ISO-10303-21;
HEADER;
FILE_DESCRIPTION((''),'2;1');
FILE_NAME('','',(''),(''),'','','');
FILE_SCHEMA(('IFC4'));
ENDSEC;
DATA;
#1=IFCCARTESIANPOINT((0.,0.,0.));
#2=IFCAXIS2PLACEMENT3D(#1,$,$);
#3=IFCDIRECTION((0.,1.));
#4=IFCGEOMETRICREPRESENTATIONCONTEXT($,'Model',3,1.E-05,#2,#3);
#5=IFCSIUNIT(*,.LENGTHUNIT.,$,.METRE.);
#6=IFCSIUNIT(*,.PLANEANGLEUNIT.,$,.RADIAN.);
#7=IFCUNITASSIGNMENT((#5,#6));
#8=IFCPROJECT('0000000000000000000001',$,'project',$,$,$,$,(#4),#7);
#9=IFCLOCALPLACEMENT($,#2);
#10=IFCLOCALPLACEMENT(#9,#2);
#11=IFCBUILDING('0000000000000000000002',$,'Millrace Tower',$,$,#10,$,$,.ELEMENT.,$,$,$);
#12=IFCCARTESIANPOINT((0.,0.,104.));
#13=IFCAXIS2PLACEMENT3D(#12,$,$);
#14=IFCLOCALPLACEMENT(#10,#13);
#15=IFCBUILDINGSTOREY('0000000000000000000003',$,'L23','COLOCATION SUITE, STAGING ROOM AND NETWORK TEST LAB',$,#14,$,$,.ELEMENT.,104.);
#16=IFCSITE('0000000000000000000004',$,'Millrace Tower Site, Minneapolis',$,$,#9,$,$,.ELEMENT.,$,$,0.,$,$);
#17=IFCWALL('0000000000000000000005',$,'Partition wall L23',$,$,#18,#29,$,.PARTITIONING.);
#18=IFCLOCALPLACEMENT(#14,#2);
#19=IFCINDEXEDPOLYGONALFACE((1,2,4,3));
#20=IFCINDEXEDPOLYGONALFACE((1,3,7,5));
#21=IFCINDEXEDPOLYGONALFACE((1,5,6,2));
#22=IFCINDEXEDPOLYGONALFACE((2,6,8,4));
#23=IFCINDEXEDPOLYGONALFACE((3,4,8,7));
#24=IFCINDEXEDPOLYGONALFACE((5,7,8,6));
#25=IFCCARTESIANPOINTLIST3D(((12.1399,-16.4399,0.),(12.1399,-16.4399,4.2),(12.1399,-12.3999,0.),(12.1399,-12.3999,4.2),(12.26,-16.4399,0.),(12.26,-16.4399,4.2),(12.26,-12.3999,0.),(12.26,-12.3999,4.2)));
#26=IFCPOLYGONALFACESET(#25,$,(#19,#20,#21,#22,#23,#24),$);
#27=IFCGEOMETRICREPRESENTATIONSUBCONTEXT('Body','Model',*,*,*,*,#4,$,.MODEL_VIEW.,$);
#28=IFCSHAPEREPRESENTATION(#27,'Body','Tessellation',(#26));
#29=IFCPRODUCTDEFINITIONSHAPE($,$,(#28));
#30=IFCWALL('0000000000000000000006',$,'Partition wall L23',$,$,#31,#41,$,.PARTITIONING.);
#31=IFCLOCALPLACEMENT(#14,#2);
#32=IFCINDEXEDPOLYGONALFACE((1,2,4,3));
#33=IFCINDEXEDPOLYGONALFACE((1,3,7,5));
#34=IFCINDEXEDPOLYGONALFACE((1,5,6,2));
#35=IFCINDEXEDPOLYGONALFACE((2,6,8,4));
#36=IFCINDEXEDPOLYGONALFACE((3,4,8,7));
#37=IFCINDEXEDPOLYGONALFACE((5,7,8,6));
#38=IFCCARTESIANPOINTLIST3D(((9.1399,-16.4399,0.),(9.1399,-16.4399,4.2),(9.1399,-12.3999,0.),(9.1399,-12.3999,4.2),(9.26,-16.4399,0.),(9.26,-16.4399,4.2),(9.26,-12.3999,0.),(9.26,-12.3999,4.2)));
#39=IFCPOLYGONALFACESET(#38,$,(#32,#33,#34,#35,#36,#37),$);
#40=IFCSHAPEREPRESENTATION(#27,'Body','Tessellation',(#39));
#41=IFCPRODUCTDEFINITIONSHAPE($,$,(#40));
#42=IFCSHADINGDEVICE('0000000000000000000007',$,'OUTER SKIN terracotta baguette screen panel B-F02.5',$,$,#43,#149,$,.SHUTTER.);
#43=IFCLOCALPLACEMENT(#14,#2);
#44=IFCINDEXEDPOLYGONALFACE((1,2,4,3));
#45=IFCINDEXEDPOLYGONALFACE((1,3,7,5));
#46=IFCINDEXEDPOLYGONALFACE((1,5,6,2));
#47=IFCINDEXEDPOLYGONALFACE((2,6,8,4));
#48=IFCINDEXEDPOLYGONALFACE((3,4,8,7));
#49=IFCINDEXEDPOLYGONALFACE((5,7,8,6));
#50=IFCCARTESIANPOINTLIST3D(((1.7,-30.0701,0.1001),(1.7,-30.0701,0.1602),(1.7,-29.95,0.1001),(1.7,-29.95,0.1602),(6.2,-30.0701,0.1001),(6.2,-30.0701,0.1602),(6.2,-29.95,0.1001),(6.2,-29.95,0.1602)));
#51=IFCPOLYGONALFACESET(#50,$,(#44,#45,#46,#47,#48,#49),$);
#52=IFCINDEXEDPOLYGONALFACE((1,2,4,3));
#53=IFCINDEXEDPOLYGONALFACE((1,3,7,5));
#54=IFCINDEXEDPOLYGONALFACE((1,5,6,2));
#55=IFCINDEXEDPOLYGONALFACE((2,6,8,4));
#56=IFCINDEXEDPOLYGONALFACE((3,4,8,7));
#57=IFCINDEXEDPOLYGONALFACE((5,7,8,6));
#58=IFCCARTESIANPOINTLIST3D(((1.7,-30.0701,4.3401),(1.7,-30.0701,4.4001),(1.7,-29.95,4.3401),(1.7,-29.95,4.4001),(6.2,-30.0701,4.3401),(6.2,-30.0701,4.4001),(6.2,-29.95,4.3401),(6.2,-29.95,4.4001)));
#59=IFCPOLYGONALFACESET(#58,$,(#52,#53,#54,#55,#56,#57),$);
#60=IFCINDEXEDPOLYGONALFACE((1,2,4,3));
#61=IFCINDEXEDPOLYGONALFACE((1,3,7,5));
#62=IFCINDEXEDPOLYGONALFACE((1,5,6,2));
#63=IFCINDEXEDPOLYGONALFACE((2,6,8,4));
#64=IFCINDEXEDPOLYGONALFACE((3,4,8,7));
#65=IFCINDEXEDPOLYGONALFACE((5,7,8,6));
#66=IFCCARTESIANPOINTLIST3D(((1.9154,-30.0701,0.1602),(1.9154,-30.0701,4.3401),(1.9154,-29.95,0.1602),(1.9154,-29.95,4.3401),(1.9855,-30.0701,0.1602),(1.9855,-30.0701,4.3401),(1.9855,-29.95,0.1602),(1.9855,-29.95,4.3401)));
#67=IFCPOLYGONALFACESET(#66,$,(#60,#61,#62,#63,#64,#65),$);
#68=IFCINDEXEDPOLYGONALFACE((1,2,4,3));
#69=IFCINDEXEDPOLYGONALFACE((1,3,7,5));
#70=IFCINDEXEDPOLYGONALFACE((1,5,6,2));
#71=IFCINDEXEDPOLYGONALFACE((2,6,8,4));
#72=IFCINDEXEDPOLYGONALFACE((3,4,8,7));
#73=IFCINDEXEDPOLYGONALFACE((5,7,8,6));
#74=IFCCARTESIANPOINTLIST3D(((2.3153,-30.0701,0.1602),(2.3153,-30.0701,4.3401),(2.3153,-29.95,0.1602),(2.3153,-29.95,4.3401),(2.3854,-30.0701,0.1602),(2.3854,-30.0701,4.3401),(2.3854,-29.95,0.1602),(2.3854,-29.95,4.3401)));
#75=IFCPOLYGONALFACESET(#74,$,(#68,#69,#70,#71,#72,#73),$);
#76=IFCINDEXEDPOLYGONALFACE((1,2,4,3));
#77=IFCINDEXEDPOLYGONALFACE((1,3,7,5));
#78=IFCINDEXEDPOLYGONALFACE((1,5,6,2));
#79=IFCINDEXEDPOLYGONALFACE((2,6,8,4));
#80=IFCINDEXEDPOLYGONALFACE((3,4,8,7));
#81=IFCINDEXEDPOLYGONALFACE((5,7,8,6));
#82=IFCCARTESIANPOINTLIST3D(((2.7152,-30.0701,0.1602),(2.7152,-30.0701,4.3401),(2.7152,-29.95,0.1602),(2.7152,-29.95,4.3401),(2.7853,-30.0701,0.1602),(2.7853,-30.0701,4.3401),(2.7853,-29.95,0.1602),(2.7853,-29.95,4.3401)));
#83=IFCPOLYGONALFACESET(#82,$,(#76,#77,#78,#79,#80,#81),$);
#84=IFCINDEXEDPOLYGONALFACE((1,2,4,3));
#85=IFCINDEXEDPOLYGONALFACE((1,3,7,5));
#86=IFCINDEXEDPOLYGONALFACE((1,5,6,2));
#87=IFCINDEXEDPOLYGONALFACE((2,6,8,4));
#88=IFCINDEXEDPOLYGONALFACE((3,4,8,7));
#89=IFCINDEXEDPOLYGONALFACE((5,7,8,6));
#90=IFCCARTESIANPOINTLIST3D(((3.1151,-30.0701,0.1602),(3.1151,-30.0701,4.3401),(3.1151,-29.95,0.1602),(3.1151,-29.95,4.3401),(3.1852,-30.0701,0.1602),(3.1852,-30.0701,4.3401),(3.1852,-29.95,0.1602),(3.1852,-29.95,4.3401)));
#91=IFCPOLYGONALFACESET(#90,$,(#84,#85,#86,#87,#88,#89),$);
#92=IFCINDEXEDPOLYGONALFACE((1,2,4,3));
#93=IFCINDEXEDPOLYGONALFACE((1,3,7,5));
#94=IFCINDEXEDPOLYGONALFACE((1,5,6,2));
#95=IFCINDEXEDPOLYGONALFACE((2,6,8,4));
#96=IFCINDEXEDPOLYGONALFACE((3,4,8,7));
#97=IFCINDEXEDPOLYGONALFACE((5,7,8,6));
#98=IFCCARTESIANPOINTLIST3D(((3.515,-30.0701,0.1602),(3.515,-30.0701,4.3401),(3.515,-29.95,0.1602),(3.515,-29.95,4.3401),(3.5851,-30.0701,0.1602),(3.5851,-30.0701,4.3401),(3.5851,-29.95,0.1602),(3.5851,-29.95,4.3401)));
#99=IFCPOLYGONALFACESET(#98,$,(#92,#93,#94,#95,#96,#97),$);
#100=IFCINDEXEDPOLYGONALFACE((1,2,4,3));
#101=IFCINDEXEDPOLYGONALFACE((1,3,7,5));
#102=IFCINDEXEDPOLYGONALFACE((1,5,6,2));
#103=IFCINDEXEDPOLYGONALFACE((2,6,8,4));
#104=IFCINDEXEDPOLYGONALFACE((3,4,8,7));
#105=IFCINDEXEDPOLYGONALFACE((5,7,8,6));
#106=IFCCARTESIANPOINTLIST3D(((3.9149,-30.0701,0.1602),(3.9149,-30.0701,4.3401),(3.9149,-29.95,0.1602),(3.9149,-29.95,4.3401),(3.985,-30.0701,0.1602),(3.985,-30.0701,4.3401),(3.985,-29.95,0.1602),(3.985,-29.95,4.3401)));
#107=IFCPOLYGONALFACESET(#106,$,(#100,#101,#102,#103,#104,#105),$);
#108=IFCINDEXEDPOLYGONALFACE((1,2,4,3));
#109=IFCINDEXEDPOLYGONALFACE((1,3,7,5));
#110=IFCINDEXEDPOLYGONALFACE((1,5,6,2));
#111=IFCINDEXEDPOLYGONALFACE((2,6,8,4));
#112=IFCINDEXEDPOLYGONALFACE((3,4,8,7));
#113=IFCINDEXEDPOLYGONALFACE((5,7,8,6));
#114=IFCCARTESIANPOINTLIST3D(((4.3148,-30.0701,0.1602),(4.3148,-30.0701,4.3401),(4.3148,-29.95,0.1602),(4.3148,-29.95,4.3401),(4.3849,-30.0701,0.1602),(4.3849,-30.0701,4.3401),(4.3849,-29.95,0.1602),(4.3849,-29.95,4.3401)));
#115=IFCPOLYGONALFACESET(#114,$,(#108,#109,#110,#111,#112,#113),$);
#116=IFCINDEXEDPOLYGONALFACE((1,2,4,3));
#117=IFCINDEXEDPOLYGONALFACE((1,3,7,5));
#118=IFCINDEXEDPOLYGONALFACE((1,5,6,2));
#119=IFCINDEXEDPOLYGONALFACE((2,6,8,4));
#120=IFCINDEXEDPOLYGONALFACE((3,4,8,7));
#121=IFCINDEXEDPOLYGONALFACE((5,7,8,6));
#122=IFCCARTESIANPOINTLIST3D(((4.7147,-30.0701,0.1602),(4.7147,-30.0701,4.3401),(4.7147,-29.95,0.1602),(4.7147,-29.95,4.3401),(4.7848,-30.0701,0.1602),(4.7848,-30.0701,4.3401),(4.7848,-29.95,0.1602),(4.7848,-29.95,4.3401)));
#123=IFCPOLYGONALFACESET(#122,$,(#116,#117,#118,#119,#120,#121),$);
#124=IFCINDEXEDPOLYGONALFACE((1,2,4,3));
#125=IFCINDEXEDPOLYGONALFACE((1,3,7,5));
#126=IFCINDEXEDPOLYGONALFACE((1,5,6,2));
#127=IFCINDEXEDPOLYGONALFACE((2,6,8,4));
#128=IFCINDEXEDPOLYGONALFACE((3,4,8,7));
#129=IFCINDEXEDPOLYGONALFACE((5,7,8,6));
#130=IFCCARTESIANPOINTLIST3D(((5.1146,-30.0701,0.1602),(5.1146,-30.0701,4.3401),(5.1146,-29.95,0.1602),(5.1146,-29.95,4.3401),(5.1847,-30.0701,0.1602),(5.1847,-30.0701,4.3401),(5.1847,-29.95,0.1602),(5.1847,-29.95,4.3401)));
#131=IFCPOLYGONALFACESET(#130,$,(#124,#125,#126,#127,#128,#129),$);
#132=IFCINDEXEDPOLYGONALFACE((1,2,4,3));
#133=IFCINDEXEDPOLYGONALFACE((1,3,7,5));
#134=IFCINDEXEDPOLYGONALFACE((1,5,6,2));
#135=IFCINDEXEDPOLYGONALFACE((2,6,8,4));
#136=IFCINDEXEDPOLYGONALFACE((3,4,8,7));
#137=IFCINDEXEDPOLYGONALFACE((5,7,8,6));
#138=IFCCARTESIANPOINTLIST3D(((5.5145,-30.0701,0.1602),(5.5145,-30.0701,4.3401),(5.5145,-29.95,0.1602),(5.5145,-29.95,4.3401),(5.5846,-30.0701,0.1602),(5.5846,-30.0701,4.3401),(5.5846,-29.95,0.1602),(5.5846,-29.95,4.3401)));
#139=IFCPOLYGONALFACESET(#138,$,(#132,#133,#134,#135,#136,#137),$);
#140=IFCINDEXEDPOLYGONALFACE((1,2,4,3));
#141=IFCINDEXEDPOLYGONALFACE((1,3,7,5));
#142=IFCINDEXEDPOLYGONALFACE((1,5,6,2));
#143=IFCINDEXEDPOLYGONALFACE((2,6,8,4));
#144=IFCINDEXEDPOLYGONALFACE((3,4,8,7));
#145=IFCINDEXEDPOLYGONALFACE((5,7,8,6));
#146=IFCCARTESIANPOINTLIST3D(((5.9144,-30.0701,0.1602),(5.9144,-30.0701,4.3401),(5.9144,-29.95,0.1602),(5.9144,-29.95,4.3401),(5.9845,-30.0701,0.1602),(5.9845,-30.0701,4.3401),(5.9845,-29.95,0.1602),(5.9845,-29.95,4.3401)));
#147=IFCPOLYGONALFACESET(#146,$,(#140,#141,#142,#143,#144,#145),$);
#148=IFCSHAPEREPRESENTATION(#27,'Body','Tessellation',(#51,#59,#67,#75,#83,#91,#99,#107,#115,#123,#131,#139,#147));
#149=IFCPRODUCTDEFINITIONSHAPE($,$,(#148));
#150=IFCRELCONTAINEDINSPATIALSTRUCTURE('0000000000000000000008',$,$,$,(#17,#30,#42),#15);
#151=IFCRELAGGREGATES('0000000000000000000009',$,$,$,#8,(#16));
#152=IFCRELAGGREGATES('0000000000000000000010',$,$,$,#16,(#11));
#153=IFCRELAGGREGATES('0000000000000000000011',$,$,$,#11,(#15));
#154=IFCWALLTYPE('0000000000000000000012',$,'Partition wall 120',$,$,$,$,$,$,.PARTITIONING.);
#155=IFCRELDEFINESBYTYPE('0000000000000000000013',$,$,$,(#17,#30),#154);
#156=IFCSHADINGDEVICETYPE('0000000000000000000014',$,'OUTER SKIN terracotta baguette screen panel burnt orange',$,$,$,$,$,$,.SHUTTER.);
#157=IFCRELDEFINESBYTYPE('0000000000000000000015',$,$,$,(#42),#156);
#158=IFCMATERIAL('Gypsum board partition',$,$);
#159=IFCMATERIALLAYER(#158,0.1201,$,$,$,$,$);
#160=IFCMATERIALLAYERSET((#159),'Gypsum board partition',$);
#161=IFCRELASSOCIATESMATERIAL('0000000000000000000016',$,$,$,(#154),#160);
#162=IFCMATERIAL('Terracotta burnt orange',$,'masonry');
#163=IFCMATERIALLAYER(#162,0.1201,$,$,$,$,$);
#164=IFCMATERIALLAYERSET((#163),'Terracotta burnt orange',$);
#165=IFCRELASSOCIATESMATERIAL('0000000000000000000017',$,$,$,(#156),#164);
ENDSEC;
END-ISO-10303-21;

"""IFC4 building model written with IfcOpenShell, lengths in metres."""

from ifc_helpers import new_model, entity, si_unit, direction, frame, frame_2d, origin, origin_2d, place, context, subcontext, project, spatial, rectangle, extrude, source, transform, mapped, material, layer, layer_set, type_object, element, save


model = new_model("IFC4")

# Units and contexts
model_context = context("Model", 3, precision=1e-05, world=origin(), true_north=direction((0.0, 1.0)))
body_context = subcontext(model_context, "Body", "Model", "MODEL_VIEW")
ifc_project = project(units=[si_unit("LENGTHUNIT", "METRE"), si_unit("PLANEANGLEUNIT", "RADIAN")], contexts=[model_context])

# Site, building, storey
site_placement = place(None, origin())
site = spatial("IfcSite", under=ifc_project, at=site_placement, Name="Millrace Tower Site, Minneapolis", CompositionType="ELEMENT", RefElevation=0.0)
building_placement = place(site_placement, origin())
building = spatial("IfcBuilding", under=site, at=building_placement, Name="Millrace Tower", CompositionType="ELEMENT")
storey_placement = place(building_placement, frame((0.0, 0.0, 104.0)))
storey = spatial("IfcBuildingStorey", under=building, at=storey_placement, Name="L23", Description="COLOCATION SUITE, STAGING ROOM AND NETWORK TEST LAB", CompositionType="ELEMENT", Elevation=104.0)

# Walls
ifc_material_1 = material(Name="Gypsum board partition")
ifc_layer_1 = layer(ifc_material_1, 0.1201)
ifc_layer_set_1 = layer_set([ifc_layer_1], Name="Gypsum board partition")
wall_type_1 = type_object("IfcWallType", Name="Partition wall 120", PredefinedType="PARTITIONING", material=ifc_layer_set_1)
for number, where, z_axis, x_axis, name in (
    (1, (12.2, -16.4399, 0.0), (0.0, 0.0, 1.0), (0.0, 1.0, 0.0), "Partition wall L23"),
    (2, (9.2, -16.4399, 0.0), (0.0, 0.0, 1.0), (0.0, 1.0, 0.0), "Partition wall L23"),
):
    element("IfcWall", number, at=place(storey_placement, frame(where, z_axis=z_axis, x_axis=x_axis)), inside=storey, type_object=wall_type_1, Name=name, PredefinedType="PARTITIONING", context=body_context, shape_type="SweptSolid", body=[
        extrude(rectangle(XDim=4.04, YDim=0.1201, at=frame_2d((2.02, 0.0))), origin(), (0.0, 0.0, 1.0), 4.2),
    ])

# Shading device
ifc_material_2 = material(Name="Terracotta burnt orange", Category="masonry")
ifc_layer_2 = layer(ifc_material_2, 0.1201)
ifc_layer_set_2 = layer_set([ifc_layer_2], Name="Terracotta burnt orange")
shading_device_type = type_object("IfcShadingDeviceType", Name="OUTER SKIN terracotta baguette screen panel burnt orange", PredefinedType="SHUTTER", material=ifc_layer_set_2)
cartesian_point = entity("IfcCartesianPoint", [-2.25, 0.0601])
shared_polyline = entity("IfcPolyline", [cartesian_point, entity("IfcCartesianPoint", [2.25, 0.0601]), entity("IfcCartesianPoint", [2.25, -0.0601]), entity("IfcCartesianPoint", [-2.25, -0.0601]), cartesian_point])
shared_shape = source(origin(), body_context, "Body", "SweptSolid", [
    entity("IfcExtrudedAreaSolid", entity("IfcArbitraryClosedProfileDef", "AREA", None, shared_polyline), entity("IfcAxis2Placement3D", entity("IfcCartesianPoint", [0.0, 0.0, 0.0])), entity("IfcDirection", [0.0, 0.0, 1.0]), 0.0601),
    entity("IfcExtrudedAreaSolid", entity("IfcArbitraryClosedProfileDef", "AREA", None, shared_polyline), entity("IfcAxis2Placement3D", entity("IfcCartesianPoint", [0.0, 0.0, 4.24])), entity("IfcDirection", [0.0, 0.0, 1.0]), 0.0601),
    extrude(rectangle(XDim=0.0701, YDim=0.1201, at=frame_2d((-1.9995, 0.0))), frame((0.0, 0.0, 0.0601)), (0.0, 0.0, 1.0), 4.1799),
    extrude(rectangle(XDim=0.0701, YDim=0.1201, at=frame_2d((-1.5996, 0.0))), frame((0.0, 0.0, 0.0601)), (0.0, 0.0, 1.0), 4.1799),
    extrude(rectangle(XDim=0.0701, YDim=0.1201, at=frame_2d((-1.1997, 0.0))), frame((0.0, 0.0, 0.0601)), (0.0, 0.0, 1.0), 4.1799),
    extrude(rectangle(XDim=0.0701, YDim=0.1201, at=frame_2d((-0.7998, 0.0))), frame((0.0, 0.0, 0.0601)), (0.0, 0.0, 1.0), 4.1799),
    extrude(rectangle(XDim=0.0701, YDim=0.1201, at=frame_2d((-0.3999, 0.0))), frame((0.0, 0.0, 0.0601)), (0.0, 0.0, 1.0), 4.1799),
    extrude(rectangle(XDim=0.0701, YDim=0.1201, at=origin_2d()), frame((0.0, 0.0, 0.0601)), (0.0, 0.0, 1.0), 4.1799),
    extrude(rectangle(XDim=0.0701, YDim=0.1201, at=frame_2d((0.3999, 0.0))), frame((0.0, 0.0, 0.0601)), (0.0, 0.0, 1.0), 4.1799),
    extrude(rectangle(XDim=0.0701, YDim=0.1201, at=frame_2d((0.7998, 0.0))), frame((0.0, 0.0, 0.0601)), (0.0, 0.0, 1.0), 4.1799),
    extrude(rectangle(XDim=0.0701, YDim=0.1201, at=frame_2d((1.1997, 0.0))), frame((0.0, 0.0, 0.0601)), (0.0, 0.0, 1.0), 4.1799),
    extrude(rectangle(XDim=0.0701, YDim=0.1201, at=frame_2d((1.5996, 0.0))), frame((0.0, 0.0, 0.0601)), (0.0, 0.0, 1.0), 4.1799),
    extrude(rectangle(XDim=0.0701, YDim=0.1201, at=frame_2d((1.9995, 0.0))), frame((0.0, 0.0, 0.0601)), (0.0, 0.0, 1.0), 4.1799),
])
for number, where, z_axis, x_axis, name in (
    (3, (3.95, -30.01, 0.1001), (0.0, 0.0, 1.0), (1.0, 0.0, 0.0), "OUTER SKIN terracotta baguette screen panel B-F02.5"),
):
    element("IfcShadingDevice", number, at=place(storey_placement, frame(where, z_axis=z_axis, x_axis=x_axis)), inside=storey, type_object=shading_device_type, Name=name, PredefinedType="SHUTTER", context=body_context, shape_type="MappedRepresentation", body=[
        mapped(shared_shape, transform((0.0, 0.0, 0.0), scale=1.0)),
    ])

save(model, "model.ifc")
